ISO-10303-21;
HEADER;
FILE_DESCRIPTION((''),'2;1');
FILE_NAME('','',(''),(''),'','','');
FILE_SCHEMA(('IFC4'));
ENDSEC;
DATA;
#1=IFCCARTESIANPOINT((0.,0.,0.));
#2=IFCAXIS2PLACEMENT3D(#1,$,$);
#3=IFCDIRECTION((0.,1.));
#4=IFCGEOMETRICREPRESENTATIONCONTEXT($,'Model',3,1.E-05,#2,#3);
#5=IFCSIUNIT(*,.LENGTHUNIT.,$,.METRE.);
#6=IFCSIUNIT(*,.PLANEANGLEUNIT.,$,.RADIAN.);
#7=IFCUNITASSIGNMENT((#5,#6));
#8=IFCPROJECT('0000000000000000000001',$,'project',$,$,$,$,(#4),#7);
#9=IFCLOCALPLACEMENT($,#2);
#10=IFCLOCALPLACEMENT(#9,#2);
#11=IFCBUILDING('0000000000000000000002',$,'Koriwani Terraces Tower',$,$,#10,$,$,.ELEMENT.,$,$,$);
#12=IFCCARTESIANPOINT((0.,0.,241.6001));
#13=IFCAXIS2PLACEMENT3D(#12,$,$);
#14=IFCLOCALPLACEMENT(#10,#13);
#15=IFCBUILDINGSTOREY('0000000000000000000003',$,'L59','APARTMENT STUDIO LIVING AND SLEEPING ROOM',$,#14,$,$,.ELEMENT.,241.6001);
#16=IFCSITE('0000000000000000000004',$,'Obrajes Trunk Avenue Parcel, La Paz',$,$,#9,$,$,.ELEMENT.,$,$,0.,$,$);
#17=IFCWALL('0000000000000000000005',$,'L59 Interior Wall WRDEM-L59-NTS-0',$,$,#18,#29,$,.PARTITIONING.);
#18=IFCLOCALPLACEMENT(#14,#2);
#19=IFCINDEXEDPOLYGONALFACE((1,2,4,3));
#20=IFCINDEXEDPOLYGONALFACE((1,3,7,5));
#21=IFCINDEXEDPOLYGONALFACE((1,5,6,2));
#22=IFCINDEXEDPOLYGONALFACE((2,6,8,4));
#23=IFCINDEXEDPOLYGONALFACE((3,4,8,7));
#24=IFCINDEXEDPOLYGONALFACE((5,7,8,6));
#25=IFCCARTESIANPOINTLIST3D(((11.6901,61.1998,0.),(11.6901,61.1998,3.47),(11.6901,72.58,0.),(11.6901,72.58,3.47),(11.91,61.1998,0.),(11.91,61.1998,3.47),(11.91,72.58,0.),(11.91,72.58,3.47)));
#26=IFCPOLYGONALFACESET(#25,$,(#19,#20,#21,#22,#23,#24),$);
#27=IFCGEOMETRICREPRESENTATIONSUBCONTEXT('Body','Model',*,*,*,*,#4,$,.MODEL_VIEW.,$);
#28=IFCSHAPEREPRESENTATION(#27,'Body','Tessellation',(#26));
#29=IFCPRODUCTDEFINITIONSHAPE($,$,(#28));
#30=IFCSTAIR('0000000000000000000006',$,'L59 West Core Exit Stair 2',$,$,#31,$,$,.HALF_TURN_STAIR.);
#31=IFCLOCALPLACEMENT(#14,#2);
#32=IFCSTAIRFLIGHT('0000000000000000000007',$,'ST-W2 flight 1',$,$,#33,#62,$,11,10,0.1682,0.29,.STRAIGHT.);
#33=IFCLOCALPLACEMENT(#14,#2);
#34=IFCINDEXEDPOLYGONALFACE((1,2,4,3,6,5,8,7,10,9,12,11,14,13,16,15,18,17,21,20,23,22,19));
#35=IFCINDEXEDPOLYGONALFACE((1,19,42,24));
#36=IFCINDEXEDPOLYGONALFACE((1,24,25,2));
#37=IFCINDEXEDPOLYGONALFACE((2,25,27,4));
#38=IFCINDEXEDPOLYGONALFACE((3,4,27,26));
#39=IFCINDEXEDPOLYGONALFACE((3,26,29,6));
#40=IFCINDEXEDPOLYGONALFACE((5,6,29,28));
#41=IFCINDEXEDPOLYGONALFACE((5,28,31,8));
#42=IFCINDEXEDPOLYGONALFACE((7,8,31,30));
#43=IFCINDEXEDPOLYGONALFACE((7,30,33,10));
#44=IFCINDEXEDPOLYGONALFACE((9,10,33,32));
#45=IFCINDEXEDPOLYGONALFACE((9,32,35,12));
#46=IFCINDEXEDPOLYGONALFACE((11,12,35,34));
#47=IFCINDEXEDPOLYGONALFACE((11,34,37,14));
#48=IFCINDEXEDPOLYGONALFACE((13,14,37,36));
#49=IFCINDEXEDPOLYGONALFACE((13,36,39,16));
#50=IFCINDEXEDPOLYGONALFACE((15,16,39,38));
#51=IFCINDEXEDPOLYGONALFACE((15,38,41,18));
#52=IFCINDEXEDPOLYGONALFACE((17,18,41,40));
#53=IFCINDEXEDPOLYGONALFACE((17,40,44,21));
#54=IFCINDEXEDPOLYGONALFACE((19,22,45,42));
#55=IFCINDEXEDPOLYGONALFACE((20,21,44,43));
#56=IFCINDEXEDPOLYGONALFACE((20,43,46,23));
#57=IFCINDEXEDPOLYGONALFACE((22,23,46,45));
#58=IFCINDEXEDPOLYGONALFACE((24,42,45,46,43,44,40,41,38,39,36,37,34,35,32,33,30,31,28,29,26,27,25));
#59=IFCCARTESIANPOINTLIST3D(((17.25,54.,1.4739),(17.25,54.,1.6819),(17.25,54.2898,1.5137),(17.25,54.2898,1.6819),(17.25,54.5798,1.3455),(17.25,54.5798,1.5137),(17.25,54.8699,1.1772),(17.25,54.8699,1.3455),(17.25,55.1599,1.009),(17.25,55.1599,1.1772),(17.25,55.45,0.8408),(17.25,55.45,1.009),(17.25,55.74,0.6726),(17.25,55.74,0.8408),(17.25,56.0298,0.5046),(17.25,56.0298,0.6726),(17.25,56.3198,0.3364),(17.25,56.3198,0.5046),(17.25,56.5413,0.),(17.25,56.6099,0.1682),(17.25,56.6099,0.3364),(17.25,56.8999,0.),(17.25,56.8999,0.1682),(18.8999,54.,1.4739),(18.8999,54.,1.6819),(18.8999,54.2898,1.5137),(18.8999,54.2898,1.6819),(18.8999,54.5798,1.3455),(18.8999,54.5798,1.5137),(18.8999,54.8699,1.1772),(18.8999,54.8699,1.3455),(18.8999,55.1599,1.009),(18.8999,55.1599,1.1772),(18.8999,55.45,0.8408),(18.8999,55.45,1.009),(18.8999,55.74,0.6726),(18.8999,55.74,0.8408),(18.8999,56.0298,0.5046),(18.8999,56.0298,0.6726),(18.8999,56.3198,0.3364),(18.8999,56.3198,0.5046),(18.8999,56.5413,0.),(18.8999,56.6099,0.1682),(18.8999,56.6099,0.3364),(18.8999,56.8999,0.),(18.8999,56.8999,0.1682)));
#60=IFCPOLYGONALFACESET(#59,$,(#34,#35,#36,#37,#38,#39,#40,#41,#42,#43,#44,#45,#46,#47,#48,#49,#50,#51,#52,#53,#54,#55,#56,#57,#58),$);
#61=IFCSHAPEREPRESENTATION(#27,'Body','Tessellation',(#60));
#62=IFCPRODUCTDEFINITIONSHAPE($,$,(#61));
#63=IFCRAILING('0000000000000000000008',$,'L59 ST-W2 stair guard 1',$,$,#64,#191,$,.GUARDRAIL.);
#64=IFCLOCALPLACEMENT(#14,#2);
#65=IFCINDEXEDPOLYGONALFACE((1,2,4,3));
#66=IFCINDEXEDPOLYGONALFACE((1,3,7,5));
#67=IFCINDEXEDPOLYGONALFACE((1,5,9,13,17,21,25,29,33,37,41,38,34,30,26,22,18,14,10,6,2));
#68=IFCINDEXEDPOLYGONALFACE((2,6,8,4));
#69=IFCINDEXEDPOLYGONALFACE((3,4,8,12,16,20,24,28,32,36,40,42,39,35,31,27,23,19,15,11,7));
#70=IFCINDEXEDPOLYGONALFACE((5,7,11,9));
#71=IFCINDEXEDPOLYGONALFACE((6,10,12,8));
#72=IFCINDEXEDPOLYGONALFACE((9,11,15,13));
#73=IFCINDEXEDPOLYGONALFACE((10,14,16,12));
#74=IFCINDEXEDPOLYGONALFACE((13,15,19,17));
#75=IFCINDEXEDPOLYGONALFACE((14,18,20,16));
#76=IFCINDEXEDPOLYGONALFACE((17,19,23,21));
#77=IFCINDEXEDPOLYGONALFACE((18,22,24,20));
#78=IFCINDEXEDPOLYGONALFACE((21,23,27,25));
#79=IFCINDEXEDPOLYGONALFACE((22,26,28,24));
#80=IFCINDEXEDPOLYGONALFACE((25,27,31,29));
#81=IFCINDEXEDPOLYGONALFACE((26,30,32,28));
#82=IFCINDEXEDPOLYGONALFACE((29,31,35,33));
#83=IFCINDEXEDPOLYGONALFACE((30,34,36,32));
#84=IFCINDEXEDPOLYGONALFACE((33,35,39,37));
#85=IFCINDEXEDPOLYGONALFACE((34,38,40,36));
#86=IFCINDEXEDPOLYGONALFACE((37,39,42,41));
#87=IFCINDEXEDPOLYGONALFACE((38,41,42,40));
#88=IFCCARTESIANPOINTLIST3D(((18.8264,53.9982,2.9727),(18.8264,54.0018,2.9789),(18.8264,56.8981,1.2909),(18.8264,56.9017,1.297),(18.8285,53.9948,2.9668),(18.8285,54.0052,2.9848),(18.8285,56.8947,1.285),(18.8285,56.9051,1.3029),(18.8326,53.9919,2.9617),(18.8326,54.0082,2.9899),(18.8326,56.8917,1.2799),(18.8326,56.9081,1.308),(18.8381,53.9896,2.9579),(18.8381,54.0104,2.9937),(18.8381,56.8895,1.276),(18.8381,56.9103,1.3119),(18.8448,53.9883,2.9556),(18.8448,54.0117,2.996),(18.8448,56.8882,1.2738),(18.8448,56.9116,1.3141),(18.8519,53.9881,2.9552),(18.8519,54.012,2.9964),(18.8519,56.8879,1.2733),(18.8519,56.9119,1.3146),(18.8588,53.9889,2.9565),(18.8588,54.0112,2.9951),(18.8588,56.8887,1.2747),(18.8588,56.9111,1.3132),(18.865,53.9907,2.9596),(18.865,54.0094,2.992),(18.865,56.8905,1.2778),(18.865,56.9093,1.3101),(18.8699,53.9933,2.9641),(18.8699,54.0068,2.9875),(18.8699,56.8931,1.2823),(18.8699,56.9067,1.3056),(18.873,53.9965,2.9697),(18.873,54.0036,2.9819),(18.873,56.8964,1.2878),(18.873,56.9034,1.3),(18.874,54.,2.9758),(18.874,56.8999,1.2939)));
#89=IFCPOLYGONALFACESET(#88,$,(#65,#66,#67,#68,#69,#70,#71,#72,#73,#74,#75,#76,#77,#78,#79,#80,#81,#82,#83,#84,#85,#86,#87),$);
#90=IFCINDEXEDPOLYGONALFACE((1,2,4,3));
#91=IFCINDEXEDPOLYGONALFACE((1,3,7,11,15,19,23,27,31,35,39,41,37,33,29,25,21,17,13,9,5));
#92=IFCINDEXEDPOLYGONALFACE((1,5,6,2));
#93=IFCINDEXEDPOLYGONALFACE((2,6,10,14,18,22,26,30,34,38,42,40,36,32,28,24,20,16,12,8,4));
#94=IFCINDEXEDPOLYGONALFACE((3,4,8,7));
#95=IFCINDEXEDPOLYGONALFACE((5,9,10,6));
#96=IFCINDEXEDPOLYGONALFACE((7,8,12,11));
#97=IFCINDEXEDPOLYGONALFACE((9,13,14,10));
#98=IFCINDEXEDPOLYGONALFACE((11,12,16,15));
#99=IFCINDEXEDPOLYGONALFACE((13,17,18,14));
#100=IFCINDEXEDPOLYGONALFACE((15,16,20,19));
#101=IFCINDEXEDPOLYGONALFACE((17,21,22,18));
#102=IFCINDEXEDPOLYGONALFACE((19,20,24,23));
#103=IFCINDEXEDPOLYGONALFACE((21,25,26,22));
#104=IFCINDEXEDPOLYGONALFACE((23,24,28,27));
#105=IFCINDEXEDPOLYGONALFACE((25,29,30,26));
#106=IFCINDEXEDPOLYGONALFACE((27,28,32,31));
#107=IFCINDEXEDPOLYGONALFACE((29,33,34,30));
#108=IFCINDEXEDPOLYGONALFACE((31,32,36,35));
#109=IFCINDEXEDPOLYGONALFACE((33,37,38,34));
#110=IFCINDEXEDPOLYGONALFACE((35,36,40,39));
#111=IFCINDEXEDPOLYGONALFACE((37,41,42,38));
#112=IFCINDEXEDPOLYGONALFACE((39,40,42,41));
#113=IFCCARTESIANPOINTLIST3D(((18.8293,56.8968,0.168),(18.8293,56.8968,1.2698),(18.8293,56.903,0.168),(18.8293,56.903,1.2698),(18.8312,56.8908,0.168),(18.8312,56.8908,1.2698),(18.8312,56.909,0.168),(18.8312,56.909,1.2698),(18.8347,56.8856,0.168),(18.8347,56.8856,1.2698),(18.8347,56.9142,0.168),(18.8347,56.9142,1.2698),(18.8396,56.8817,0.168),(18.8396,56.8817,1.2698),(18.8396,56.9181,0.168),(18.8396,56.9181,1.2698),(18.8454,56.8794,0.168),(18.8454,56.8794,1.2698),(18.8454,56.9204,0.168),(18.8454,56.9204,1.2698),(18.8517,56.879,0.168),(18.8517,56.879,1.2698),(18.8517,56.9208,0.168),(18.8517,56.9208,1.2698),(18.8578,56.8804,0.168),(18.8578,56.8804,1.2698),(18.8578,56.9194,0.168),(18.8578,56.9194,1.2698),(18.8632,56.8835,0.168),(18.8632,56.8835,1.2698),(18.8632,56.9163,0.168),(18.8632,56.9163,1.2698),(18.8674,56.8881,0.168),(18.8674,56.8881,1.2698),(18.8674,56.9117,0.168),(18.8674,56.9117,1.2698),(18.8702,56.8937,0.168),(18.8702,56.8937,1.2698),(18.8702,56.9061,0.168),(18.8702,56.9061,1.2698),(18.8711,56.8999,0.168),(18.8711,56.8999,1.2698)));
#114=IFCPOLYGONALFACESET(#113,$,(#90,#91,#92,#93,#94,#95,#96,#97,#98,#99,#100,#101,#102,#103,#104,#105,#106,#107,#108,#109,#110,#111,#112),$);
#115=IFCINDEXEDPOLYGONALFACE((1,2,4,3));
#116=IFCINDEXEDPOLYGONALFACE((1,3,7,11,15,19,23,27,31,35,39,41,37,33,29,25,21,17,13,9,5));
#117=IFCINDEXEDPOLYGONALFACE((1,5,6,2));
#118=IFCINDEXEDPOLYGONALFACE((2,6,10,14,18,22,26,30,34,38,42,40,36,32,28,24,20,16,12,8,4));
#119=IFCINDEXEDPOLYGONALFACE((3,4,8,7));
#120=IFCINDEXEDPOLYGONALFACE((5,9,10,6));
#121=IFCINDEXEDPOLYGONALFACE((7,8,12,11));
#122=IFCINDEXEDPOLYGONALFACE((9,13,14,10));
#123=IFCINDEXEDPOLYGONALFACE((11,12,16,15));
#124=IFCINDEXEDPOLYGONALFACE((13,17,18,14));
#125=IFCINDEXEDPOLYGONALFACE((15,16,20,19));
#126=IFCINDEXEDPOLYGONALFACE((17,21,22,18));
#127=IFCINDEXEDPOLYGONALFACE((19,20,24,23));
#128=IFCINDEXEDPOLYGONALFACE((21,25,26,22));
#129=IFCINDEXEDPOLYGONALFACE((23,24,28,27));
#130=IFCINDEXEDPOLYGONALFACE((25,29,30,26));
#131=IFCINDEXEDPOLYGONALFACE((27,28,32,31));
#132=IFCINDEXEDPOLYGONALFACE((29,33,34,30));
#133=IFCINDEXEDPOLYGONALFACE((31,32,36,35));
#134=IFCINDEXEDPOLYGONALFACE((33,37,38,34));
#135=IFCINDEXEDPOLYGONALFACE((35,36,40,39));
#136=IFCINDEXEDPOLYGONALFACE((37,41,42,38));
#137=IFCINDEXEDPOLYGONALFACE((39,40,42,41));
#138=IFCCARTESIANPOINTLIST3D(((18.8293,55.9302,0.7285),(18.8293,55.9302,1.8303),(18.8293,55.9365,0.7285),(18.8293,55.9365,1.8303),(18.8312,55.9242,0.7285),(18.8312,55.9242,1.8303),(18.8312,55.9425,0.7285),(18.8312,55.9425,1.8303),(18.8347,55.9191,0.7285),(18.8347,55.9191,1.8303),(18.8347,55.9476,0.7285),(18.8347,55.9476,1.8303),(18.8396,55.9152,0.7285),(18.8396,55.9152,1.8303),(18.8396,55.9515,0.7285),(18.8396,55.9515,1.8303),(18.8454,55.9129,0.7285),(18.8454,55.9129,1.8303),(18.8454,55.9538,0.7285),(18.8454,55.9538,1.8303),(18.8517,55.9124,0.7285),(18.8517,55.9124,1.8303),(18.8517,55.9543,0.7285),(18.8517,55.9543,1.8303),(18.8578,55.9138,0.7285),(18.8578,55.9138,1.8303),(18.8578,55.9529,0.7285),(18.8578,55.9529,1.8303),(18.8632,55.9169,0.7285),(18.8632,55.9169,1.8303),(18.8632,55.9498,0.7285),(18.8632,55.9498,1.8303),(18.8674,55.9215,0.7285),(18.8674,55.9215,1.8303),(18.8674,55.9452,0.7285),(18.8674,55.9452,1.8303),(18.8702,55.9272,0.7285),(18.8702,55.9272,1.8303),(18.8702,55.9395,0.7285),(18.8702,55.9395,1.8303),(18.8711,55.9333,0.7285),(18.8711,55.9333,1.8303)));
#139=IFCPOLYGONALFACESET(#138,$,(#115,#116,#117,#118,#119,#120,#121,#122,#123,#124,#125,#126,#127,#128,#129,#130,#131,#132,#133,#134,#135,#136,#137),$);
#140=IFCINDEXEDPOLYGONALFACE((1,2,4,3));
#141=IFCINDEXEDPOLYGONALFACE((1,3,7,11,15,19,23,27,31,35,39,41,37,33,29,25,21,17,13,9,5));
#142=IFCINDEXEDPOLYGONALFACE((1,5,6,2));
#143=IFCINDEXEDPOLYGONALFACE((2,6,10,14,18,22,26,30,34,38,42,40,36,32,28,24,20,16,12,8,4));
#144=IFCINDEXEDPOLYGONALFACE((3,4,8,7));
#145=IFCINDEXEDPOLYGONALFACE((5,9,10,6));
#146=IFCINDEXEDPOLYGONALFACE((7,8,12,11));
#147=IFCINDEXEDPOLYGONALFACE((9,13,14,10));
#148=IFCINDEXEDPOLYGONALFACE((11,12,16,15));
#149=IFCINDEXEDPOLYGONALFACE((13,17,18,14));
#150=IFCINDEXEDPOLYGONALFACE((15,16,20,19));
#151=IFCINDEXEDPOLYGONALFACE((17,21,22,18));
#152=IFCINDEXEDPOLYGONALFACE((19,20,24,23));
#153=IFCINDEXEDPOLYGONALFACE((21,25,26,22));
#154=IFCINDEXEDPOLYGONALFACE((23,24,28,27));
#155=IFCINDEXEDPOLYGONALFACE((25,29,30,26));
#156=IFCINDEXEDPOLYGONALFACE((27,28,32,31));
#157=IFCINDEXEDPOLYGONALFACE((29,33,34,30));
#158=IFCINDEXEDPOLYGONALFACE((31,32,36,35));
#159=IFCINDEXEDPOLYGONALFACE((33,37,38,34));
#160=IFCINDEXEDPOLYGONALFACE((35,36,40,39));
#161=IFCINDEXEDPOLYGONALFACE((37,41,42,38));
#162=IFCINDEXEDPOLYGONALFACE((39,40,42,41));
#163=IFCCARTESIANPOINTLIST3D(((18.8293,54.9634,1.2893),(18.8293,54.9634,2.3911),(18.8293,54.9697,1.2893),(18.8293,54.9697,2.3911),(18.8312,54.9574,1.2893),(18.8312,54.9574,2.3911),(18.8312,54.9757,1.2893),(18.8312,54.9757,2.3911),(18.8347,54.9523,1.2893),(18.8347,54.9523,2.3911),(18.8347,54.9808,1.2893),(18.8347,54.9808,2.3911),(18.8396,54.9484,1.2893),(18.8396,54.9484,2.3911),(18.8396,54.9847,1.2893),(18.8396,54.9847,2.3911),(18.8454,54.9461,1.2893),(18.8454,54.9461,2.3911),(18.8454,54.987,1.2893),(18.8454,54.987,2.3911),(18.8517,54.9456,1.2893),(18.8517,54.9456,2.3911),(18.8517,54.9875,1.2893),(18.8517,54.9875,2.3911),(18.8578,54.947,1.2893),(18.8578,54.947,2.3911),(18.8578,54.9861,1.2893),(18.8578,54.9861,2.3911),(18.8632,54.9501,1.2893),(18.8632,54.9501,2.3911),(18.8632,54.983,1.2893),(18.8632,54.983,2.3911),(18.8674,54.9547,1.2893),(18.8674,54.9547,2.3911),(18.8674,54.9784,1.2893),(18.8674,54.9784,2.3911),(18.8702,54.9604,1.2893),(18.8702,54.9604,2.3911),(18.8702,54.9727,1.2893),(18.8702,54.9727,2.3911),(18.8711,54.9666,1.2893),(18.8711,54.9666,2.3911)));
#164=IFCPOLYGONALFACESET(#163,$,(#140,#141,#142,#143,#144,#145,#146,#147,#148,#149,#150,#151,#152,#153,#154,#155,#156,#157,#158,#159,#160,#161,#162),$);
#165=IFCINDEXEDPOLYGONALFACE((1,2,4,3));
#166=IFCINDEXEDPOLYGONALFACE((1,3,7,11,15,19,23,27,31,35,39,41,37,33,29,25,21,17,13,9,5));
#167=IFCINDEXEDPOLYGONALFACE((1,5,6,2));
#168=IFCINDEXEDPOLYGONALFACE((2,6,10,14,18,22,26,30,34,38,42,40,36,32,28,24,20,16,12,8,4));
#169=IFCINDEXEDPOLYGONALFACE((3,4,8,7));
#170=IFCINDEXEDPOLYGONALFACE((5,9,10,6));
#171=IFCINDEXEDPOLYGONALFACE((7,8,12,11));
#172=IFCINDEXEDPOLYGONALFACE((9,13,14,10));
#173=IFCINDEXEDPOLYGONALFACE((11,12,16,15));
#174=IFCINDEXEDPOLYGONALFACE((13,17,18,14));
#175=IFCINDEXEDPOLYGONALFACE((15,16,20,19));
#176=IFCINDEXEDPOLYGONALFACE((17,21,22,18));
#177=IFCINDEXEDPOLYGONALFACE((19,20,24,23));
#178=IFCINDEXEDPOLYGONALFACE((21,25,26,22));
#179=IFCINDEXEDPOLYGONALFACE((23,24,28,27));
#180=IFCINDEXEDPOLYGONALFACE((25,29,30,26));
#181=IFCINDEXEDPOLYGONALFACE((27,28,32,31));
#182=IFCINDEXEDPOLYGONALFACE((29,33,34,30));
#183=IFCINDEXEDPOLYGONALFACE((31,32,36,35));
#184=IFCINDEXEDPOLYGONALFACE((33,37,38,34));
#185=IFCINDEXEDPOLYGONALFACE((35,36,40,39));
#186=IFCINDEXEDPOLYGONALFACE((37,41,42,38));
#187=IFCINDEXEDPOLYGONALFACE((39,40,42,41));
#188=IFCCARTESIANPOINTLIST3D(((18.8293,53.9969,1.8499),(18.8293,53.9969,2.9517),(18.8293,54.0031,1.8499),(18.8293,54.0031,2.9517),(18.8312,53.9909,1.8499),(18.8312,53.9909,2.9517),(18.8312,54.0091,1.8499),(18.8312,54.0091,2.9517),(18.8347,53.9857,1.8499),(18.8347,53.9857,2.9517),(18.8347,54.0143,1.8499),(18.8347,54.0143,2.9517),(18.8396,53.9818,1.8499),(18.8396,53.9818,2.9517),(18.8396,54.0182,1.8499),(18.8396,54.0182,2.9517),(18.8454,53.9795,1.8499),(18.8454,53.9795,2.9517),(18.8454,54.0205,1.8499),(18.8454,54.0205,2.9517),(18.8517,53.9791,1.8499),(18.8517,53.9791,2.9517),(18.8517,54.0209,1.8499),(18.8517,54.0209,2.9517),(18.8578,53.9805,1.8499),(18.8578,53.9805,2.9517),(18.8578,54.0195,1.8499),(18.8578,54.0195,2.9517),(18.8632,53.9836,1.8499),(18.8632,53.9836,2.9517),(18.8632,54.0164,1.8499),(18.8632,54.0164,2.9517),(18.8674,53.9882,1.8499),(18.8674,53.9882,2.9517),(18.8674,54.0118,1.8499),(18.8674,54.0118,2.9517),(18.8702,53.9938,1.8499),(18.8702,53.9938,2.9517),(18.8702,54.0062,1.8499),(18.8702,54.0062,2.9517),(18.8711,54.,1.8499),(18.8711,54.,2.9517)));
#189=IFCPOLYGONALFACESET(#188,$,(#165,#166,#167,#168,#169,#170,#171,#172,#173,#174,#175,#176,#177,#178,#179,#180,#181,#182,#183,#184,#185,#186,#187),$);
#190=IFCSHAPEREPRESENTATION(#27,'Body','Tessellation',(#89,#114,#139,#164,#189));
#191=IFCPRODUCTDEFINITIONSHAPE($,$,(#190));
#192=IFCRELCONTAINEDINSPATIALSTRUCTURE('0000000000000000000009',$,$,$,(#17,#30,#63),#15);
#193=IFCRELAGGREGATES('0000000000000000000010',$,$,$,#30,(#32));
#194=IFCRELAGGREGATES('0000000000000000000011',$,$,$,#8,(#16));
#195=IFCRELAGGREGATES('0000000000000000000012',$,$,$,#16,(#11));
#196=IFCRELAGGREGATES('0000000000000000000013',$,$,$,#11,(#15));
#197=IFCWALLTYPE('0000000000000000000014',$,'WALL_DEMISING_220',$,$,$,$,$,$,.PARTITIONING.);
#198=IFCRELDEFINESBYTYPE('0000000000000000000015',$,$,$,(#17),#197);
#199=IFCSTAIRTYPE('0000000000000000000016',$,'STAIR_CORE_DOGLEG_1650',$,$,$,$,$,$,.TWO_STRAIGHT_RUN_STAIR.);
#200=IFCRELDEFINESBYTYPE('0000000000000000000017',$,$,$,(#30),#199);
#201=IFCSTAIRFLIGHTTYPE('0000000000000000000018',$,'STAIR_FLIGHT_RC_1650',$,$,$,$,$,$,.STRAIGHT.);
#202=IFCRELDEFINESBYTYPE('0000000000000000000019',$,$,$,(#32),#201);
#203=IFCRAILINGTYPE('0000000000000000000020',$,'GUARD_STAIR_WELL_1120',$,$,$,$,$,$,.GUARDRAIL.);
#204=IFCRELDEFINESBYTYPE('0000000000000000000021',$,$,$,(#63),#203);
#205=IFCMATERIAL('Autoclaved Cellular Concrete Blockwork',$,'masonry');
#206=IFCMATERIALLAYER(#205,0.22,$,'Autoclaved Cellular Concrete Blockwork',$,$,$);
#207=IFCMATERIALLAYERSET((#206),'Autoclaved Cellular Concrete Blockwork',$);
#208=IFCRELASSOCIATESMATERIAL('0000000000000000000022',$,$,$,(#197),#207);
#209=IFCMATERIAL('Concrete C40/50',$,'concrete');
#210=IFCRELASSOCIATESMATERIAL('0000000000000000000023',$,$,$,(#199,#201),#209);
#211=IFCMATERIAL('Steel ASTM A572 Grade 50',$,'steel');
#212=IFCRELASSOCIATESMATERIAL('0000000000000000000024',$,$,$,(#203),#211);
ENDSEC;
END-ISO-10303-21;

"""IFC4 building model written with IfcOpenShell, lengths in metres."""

from ifc_helpers import new_model, si_unit, direction, frame, frame_2d, origin, origin_2d, place, context, subcontext, project, spatial, polyline, rectangle, circle, outline, extrude, material, layer, layer_set, type_object, element, aggregate, save


model = new_model("IFC4")

# Units and contexts
model_context = context("Model", 3, precision=1e-05, world=origin(), true_north=direction((0.0, 1.0)))
body_context = subcontext(model_context, "Body", "Model", "MODEL_VIEW")
ifc_project = project(units=[si_unit("LENGTHUNIT", "METRE"), si_unit("PLANEANGLEUNIT", "RADIAN")], contexts=[model_context])

# Site, building, storey
site_placement = place(None, origin())
site = spatial("IfcSite", under=ifc_project, at=site_placement, Name="Obrajes Trunk Avenue Parcel, La Paz", CompositionType="ELEMENT", RefElevation=0.0)
building_placement = place(site_placement, origin())
building = spatial("IfcBuilding", under=site, at=building_placement, Name="Koriwani Terraces Tower", CompositionType="ELEMENT")
storey_placement = place(building_placement, frame((0.0, 0.0, 241.6001)))
storey = spatial("IfcBuildingStorey", under=building, at=storey_placement, Name="L59", Description="APARTMENT STUDIO LIVING AND SLEEPING ROOM", CompositionType="ELEMENT", Elevation=241.6001)

# Shared definitions
ifc_material_1 = material(Name="Concrete C40/50", Category="concrete")
ifc_material_2 = material(Name="Steel ASTM A572 Grade 50", Category="steel")

# Shared definitions
ifc_material_3 = material(Name="Autoclaved Cellular Concrete Blockwork", Category="masonry")

# Wall
ifc_layer_1 = layer(ifc_material_3, 0.22, Name="Autoclaved Cellular Concrete Blockwork")
ifc_layer_set_1 = layer_set([ifc_layer_1], Name="Autoclaved Cellular Concrete Blockwork")
wall_type_1 = type_object("IfcWallType", Name="WALL_DEMISING_220", PredefinedType="PARTITIONING", material=ifc_layer_set_1)
wall_1_placement = place(storey_placement, frame((11.8, 61.2, 0.0), z_axis=(0.0, 0.0, 1.0), x_axis=(0.0, 1.0, 0.0)))
element("IfcWall", 1, at=wall_1_placement, inside=storey, type_object=wall_type_1, Name="L59 Interior Wall WRDEM-L59-NTS-0", PredefinedType="PARTITIONING", context=body_context, shape_type="SweptSolid", body=[
    extrude(rectangle(XDim=11.3801, YDim=0.22, at=frame_2d((5.6899, 0.0))), origin(), (0.0, 0.0, 1.0), 3.47),
])

# Stair, stair flight
stair_type = type_object("IfcStairType", Name="STAIR_CORE_DOGLEG_1650", PredefinedType="TWO_STRAIGHT_RUN_STAIR", material=ifc_material_1)
stair_placement = place(storey_placement, origin())
stair = element("IfcStair", 2, at=stair_placement, inside=storey, type_object=stair_type, Name="L59 West Core Exit Stair 2", PredefinedType="HALF_TURN_STAIR")
stair_flight_type = type_object("IfcStairFlightType", Name="STAIR_FLIGHT_RC_1650", PredefinedType="STRAIGHT", material=ifc_material_1)
stair_flight_placement = place(storey_placement, frame((18.075, 56.8999, 0.0), z_axis=(0.0, 0.0, 1.0), x_axis=(0.0, -1.0, 0.0)))
stair_flight = element("IfcStairFlight", 3, at=stair_flight_placement, type_object=stair_flight_type, Name="ST-W2 flight 1", NumberOfRisers=11, NumberOfTreads=10, PredefinedType="STRAIGHT", RiserHeight=0.1682, TreadLength=0.29, context=body_context, shape_type="SweptSolid", body=[
    extrude(outline(polyline([(0.0, 0.0), (0.0, 0.1682), (0.29, 0.1682), (0.29, 0.3364), (0.5801, 0.3364), (0.5801, 0.5046), (0.8701, 0.5046), (0.8701, 0.6726), (1.1599, 0.6726), (1.1599, 0.8408), (1.45, 0.8408), (1.45, 1.009), (1.74, 1.009), (1.74, 1.1772), (2.03, 1.1772), (2.03, 1.3455), (2.3201, 1.3455), (2.3201, 1.5137), (2.6101, 1.5137), (2.6101, 1.6819), (2.8999, 1.6819), (2.8999, 1.8501), (2.8999, 1.4739), (0.3586, 0.0), (0.0, 0.0)])), frame((0.0, 0.825, 0.0), z_axis=(0.0, -1.0, 0.0), x_axis=(1.0, 0.0, 0.0)), (0.0, 0.0, 1.0), 1.6499),
])
aggregate(stair, [stair_flight])

# Railing
railing_type_1 = type_object("IfcRailingType", Name="GUARD_STAIR_WELL_1120", PredefinedType="GUARDRAIL", material=ifc_material_2)
railing_1_placement = place(storey_placement, frame((18.8501, 56.8999, 0.168)))
element("IfcRailing", 4, at=railing_1_placement, inside=storey, type_object=railing_type_1, Name="L59 ST-W2 stair guard 1", PredefinedType="GUARDRAIL", context=body_context, shape_type="SweptSolid", body=[
    extrude(circle(Radius=0.0239, at=origin_2d()), frame((0.0, 0.0, 1.126), z_axis=(0.0, -0.865039, 0.501705), x_axis=(1.0, 0.0, 0.0)), (0.0, 0.0, 1.0), 3.3523),
    extrude(circle(Radius=0.021, at=origin_2d()), origin(), (0.0, 0.0, 1.0), 1.1018),
    extrude(circle(Radius=0.021, at=origin_2d()), frame((0.0, -0.9666, 0.5605)), (0.0, 0.0, 1.0), 1.1018),
    extrude(circle(Radius=0.021, at=origin_2d()), frame((0.0, -1.9333, 1.1213)), (0.0, 0.0, 1.0), 1.1018),
    extrude(circle(Radius=0.021, at=origin_2d()), frame((0.0, -2.8999, 1.6819)), (0.0, 0.0, 1.0), 1.1018),
])

save(model, "model.ifc")
